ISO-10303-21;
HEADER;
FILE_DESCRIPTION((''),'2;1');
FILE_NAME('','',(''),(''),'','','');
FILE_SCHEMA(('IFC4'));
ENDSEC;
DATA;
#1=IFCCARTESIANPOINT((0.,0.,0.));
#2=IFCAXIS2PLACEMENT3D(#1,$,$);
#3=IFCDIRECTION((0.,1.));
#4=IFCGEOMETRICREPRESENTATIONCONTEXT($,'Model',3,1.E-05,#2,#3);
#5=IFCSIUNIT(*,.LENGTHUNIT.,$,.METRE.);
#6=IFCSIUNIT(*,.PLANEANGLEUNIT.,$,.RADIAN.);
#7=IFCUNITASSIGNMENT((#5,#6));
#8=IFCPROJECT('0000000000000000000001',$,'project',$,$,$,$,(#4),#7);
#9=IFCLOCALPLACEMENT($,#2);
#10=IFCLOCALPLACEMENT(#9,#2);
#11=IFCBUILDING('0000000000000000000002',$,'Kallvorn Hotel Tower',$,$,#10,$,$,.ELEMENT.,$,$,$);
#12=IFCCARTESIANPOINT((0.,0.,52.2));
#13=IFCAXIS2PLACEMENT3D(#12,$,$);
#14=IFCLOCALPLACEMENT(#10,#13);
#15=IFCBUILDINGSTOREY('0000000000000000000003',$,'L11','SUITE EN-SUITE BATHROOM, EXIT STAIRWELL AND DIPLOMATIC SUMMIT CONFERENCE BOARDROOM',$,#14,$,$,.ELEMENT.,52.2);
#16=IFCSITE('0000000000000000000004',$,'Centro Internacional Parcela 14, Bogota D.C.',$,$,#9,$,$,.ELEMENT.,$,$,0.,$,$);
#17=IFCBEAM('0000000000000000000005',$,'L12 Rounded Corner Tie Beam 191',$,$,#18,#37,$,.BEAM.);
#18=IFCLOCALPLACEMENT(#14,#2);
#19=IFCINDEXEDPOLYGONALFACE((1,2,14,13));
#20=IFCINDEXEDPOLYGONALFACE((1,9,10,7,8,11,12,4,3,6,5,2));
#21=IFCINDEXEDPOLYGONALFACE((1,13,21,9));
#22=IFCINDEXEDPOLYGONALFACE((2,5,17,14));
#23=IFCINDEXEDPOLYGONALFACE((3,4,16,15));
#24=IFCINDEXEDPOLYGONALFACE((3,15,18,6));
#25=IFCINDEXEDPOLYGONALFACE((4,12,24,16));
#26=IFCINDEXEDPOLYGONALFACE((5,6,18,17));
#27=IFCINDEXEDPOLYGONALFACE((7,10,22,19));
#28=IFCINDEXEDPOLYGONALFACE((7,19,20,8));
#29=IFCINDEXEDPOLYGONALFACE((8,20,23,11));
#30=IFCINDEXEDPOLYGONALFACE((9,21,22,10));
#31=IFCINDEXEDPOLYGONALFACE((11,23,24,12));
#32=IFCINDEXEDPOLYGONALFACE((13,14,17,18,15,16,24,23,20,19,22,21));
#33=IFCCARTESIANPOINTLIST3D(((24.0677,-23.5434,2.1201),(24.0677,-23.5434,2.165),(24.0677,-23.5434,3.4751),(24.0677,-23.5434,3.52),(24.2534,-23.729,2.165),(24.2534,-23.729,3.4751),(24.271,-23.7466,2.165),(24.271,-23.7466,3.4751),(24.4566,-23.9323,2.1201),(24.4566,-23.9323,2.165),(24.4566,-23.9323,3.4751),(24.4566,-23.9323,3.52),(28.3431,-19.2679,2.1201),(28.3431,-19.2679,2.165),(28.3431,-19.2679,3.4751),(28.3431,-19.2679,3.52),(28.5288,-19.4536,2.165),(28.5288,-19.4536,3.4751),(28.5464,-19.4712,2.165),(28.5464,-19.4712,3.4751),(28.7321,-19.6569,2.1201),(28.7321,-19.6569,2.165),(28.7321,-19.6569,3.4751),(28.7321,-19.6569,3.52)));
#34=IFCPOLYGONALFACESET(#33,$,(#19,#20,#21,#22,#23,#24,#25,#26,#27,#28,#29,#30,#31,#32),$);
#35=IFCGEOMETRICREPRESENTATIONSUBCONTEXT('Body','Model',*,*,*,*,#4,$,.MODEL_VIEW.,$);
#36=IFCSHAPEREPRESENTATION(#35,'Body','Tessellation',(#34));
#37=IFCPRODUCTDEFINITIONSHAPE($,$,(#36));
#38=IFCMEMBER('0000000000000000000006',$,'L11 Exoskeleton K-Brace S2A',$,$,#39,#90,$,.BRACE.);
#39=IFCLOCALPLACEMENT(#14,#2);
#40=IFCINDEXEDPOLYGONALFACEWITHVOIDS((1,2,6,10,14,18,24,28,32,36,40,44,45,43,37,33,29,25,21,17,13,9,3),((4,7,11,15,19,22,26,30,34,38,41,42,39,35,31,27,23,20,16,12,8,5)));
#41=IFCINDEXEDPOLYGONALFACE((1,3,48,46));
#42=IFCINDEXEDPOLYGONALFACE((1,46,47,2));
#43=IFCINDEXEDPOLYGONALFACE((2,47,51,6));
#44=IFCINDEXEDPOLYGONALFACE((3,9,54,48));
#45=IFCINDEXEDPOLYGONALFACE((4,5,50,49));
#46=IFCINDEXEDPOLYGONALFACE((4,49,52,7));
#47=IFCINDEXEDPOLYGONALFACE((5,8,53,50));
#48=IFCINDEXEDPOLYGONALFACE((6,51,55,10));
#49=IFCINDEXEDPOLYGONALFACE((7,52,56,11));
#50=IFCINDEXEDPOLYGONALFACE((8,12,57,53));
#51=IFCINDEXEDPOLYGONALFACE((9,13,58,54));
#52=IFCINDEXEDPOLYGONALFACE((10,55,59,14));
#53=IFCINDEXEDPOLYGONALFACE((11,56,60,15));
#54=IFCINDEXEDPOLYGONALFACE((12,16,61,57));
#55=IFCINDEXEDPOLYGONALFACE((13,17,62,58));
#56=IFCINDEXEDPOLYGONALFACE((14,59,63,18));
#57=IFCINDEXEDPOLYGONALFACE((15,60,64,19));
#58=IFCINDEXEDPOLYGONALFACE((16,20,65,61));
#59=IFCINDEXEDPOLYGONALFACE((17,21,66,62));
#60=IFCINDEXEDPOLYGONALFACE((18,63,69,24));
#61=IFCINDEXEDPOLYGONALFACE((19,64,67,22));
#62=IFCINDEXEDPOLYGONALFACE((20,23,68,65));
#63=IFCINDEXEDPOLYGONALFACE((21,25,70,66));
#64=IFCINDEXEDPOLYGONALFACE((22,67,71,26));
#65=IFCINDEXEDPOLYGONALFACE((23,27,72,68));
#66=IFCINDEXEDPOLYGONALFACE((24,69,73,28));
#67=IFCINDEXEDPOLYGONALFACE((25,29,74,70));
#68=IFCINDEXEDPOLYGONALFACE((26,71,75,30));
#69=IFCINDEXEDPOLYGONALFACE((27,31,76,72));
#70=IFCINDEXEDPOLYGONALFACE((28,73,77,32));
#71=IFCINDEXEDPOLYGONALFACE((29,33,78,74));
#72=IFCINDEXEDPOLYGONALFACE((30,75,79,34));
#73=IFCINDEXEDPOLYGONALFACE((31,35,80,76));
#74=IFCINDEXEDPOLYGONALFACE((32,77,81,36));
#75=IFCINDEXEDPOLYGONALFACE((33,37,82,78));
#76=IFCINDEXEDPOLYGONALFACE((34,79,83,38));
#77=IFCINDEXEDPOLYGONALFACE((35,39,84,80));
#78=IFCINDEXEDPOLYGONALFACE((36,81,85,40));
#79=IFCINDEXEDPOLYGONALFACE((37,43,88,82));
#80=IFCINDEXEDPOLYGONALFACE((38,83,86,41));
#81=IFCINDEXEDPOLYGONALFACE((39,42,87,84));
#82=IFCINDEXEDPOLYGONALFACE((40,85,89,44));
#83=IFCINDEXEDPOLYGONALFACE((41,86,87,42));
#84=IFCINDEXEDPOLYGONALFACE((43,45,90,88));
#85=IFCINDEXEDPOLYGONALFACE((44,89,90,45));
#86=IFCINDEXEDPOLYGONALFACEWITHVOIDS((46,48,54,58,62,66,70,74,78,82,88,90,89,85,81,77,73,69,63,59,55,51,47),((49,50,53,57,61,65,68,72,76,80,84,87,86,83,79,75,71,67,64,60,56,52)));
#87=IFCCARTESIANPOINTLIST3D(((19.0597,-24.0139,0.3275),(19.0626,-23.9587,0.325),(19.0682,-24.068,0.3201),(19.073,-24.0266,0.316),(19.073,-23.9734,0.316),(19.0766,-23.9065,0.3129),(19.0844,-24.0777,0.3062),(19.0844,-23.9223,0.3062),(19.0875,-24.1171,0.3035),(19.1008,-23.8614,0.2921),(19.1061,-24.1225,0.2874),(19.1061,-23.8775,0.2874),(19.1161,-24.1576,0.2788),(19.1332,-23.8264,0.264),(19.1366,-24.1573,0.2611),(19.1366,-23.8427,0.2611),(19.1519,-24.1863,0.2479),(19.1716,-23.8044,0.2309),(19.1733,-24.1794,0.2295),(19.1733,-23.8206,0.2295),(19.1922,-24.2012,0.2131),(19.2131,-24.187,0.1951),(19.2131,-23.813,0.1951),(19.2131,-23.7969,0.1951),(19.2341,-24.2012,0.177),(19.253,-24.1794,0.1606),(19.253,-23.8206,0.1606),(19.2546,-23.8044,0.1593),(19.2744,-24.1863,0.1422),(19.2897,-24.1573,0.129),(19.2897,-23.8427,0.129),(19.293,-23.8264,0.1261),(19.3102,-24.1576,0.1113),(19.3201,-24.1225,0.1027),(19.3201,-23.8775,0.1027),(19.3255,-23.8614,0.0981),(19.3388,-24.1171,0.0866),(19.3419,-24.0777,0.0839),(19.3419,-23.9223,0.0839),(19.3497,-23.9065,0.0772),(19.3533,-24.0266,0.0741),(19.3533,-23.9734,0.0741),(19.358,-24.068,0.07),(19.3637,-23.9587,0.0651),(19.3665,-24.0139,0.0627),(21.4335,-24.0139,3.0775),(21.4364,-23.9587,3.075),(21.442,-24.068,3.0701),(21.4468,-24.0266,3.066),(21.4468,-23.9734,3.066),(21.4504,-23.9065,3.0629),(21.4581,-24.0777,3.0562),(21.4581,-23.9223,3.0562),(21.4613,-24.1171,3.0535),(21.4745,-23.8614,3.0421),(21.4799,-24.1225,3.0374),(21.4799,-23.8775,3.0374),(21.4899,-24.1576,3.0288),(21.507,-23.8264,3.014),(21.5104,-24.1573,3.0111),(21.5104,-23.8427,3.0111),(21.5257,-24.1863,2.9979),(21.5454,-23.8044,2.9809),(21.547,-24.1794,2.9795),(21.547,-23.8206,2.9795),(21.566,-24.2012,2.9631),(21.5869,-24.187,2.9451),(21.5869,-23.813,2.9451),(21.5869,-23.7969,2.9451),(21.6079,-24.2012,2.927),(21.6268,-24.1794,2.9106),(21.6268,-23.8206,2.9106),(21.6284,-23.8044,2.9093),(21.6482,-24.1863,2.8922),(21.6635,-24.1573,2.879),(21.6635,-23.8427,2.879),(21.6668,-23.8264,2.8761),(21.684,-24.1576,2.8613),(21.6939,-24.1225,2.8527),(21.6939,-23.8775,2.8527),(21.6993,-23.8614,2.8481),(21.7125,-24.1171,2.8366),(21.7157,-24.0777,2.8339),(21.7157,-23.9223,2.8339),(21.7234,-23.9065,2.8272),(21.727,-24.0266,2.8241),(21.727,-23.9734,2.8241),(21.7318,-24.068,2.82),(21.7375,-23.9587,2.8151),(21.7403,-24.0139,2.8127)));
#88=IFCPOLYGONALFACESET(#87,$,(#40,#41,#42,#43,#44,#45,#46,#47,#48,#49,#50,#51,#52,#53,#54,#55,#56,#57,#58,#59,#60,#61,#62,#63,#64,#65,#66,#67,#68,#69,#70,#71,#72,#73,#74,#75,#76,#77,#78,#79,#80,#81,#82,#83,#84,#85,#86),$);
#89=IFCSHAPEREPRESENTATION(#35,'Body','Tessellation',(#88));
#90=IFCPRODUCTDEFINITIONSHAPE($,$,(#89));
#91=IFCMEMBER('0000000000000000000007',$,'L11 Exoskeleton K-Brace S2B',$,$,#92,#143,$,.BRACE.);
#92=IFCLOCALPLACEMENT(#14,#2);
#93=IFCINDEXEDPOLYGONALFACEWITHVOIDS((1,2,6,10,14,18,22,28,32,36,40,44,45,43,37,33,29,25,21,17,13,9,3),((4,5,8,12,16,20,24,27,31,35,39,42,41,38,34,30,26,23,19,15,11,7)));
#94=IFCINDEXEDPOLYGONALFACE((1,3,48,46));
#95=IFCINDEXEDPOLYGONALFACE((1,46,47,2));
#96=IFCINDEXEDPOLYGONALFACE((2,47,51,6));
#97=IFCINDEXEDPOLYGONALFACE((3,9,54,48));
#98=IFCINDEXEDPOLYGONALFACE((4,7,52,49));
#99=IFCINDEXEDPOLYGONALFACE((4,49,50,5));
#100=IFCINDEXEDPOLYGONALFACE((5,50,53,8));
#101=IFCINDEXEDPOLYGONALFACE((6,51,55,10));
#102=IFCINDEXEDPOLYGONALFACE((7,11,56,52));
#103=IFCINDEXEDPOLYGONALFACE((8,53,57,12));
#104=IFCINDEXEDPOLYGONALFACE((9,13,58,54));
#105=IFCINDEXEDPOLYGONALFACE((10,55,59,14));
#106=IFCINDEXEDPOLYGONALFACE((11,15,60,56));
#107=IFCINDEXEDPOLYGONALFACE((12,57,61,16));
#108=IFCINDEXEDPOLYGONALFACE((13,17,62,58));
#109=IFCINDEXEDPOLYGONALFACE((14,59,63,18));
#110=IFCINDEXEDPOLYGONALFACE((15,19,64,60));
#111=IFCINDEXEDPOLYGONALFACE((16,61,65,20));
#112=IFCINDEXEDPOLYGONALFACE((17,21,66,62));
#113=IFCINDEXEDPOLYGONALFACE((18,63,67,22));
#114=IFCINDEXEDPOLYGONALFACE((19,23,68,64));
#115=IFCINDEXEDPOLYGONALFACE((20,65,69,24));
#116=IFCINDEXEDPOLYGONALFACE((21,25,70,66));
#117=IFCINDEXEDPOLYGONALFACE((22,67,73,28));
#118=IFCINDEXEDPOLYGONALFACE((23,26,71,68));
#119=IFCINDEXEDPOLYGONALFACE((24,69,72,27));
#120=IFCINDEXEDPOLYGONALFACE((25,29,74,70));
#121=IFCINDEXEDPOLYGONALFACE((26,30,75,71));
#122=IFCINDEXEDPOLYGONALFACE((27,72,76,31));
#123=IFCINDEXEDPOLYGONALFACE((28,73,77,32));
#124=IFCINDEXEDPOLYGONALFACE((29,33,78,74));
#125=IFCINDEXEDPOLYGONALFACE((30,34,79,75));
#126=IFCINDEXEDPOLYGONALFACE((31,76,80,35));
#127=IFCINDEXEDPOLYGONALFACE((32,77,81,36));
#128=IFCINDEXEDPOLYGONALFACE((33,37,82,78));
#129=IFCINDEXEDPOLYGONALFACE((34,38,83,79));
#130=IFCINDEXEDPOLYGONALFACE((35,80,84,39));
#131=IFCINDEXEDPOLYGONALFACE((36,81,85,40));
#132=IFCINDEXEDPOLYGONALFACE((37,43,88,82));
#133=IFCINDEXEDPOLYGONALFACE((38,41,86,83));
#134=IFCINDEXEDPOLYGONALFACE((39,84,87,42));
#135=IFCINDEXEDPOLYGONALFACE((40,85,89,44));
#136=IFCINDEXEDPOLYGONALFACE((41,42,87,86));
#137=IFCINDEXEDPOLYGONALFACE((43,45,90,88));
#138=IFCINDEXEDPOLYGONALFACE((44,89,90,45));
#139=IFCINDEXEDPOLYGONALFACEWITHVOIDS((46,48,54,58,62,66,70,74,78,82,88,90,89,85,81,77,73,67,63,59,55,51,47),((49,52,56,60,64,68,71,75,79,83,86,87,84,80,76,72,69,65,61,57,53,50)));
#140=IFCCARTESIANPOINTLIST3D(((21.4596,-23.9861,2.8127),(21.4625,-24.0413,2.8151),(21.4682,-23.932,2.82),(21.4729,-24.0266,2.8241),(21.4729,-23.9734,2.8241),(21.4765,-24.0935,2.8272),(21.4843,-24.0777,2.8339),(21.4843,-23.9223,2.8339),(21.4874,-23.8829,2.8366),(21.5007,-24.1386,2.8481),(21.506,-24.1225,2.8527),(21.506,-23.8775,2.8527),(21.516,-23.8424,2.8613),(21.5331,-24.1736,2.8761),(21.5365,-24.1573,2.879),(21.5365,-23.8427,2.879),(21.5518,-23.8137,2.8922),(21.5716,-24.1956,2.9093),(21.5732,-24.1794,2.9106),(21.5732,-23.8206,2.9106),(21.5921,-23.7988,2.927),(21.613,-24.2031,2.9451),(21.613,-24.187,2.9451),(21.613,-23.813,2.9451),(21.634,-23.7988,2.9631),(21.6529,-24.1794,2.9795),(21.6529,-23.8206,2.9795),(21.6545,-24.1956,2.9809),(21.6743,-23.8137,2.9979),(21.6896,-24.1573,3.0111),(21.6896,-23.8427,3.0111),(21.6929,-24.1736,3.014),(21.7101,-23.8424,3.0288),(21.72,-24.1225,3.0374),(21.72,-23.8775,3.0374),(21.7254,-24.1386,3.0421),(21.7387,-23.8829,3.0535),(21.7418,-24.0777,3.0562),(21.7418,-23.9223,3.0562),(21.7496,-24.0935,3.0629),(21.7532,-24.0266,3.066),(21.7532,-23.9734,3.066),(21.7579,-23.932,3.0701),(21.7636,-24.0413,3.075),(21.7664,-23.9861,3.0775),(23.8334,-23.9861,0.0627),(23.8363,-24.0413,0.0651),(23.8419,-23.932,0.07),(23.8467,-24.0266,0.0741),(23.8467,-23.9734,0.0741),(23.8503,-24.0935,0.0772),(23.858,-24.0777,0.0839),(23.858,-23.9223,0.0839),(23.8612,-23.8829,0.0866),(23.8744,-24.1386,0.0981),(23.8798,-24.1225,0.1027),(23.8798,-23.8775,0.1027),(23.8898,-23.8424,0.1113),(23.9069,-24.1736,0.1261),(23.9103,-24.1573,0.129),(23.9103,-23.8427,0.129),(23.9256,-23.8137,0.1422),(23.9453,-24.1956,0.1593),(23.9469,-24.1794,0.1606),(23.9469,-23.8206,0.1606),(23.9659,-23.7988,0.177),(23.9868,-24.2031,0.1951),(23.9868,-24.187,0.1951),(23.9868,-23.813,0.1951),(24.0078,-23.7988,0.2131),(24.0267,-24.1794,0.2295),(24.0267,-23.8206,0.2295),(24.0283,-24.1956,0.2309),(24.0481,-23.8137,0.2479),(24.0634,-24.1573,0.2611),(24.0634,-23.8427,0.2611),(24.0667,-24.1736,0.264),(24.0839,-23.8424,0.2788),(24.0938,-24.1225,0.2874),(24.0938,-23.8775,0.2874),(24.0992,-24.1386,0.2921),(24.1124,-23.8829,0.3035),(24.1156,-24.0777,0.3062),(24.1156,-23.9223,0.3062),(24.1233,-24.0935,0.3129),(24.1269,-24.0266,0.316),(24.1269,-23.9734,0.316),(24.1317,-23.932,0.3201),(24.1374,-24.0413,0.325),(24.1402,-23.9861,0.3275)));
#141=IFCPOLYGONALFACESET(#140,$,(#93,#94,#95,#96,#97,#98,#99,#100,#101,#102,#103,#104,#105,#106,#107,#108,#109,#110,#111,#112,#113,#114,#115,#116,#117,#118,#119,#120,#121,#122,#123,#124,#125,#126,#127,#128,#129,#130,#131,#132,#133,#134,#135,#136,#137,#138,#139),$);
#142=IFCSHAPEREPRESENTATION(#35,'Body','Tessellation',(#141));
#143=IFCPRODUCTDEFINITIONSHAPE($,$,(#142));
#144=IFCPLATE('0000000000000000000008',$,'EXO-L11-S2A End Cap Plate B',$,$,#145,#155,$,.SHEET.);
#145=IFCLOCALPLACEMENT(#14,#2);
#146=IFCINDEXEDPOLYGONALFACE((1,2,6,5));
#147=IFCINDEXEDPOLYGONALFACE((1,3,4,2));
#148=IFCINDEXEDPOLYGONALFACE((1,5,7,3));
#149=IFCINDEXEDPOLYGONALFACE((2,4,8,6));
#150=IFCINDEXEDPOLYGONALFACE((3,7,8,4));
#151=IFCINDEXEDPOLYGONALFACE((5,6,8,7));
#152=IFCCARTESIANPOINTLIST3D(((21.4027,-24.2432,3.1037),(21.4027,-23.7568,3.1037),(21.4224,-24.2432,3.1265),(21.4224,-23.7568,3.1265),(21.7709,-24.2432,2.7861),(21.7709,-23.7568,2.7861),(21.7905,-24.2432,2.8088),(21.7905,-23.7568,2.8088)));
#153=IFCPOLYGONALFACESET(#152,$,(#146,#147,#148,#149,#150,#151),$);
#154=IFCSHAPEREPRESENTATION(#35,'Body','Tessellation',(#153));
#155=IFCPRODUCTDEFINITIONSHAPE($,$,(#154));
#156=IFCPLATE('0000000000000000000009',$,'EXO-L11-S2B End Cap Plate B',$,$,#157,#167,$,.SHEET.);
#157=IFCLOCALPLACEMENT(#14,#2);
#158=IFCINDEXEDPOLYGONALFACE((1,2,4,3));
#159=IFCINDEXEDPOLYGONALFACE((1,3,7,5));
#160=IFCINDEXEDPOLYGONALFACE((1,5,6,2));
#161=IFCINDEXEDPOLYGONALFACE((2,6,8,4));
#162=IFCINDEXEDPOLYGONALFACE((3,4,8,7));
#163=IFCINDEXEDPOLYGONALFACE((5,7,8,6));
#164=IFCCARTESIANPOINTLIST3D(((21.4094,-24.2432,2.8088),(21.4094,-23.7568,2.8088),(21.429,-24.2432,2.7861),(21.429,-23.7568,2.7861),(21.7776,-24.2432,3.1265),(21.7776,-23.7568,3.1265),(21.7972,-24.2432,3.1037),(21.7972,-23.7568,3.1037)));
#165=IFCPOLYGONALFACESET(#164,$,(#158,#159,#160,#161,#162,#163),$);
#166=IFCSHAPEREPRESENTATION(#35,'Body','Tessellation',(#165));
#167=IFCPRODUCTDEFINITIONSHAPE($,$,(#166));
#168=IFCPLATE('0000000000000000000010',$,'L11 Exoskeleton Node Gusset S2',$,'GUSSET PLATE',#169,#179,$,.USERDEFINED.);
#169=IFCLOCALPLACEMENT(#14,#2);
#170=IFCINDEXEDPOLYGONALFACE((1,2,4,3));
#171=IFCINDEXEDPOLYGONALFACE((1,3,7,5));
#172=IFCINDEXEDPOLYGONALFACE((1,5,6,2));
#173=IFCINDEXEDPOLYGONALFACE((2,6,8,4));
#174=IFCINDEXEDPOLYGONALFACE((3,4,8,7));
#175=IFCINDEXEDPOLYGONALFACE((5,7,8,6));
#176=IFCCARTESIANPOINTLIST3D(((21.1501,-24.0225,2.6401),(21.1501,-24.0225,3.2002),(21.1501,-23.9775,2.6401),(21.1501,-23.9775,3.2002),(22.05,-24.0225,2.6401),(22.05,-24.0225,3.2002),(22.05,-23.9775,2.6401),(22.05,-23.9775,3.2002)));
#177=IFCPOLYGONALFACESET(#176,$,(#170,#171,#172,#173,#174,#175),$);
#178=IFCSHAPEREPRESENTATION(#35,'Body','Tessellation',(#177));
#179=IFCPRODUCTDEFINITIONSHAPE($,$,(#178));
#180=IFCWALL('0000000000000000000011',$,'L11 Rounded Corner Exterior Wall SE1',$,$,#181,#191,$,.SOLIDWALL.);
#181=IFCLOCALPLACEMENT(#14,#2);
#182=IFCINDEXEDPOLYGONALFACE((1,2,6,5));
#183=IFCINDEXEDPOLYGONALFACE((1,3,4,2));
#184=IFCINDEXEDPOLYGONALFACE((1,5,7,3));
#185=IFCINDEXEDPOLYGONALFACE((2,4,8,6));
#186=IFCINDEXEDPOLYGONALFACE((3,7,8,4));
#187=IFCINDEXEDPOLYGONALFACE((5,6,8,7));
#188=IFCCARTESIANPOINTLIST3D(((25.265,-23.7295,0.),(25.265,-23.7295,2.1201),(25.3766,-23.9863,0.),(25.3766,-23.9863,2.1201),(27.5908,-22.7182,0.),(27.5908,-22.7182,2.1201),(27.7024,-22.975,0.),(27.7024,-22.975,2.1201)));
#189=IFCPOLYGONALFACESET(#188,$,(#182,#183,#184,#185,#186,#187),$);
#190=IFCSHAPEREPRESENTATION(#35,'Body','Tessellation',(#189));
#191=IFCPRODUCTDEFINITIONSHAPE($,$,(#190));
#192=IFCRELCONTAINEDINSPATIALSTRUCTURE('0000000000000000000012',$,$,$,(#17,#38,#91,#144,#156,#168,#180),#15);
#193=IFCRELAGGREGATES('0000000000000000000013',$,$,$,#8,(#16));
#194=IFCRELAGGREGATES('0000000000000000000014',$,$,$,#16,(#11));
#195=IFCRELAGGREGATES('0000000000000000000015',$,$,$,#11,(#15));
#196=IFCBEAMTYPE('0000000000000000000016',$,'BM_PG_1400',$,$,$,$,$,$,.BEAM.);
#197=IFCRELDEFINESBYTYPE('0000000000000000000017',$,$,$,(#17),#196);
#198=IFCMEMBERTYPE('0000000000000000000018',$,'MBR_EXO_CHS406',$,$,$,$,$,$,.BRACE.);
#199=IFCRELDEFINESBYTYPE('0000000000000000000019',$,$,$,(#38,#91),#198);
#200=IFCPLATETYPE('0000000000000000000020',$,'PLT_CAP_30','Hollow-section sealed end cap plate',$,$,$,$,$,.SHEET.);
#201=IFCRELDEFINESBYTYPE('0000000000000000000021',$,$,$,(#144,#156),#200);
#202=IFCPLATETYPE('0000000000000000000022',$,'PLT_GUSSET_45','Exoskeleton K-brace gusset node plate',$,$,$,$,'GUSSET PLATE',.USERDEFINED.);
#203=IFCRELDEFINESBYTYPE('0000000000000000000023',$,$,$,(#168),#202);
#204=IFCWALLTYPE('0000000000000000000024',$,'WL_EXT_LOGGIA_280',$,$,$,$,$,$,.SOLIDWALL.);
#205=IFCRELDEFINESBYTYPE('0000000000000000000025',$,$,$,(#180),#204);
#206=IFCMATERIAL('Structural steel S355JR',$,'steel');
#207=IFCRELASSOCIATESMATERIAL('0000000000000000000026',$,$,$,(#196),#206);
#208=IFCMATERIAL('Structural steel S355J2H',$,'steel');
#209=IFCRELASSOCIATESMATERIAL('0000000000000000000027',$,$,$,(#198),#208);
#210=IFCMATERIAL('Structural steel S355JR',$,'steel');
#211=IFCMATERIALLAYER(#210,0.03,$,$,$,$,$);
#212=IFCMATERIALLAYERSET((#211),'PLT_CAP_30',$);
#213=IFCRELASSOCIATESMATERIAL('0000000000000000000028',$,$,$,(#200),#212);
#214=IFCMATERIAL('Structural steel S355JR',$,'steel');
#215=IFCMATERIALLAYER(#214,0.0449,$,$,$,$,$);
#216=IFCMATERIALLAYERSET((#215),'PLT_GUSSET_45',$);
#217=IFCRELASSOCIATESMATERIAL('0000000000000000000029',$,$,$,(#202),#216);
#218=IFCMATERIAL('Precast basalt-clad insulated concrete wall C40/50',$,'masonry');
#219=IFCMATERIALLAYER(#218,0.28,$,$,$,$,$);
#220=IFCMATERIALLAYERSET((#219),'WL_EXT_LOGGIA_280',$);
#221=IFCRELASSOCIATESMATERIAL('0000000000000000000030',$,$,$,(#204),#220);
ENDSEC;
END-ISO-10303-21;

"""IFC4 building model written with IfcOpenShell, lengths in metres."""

from ifc_helpers import new_model, si_unit, direction, frame, frame_2d, origin, origin_2d, place, context, subcontext, project, spatial, polyline, rectangle, hollow_circle, i_section, outline, extrude, material, layer, layer_set, material_profile, profile_set, type_object, element, save


model = new_model("IFC4")

# Units and contexts
model_context = context("Model", 3, precision=1e-05, world=origin(), true_north=direction((0.0, 1.0)))
body_context = subcontext(model_context, "Body", "Model", "MODEL_VIEW")
ifc_project = project(units=[si_unit("LENGTHUNIT", "METRE"), si_unit("PLANEANGLEUNIT", "RADIAN")], contexts=[model_context])

# Site, building, storey
site_placement = place(None, origin())
site = spatial("IfcSite", under=ifc_project, at=site_placement, Name="Centro Internacional Parcela 14, Bogota D.C.", CompositionType="ELEMENT", RefElevation=0.0)
building_placement = place(site_placement, origin())
building = spatial("IfcBuilding", under=site, at=building_placement, Name="Kallvorn Hotel Tower", CompositionType="ELEMENT")
storey_placement = place(building_placement, frame((0.0, 0.0, 52.2)))
storey = spatial("IfcBuildingStorey", under=building, at=storey_placement, Name="L11", Description="SUITE EN-SUITE BATHROOM, EXIT STAIRWELL AND DIPLOMATIC SUMMIT CONFERENCE BOARDROOM", CompositionType="ELEMENT", Elevation=52.2)

# Beam
ifc_material_1 = material(Name="Structural steel S355JR", Category="steel")
ifc_material_profile_1 = material_profile(ifc_material_1, i_section(OverallWidth=0.55, OverallDepth=1.3999, WebThickness=0.0249, FlangeThickness=0.0449, at=origin_2d()), Name="PG 1400x550x25x45")
ifc_profile_set_1 = profile_set([ifc_material_profile_1], Name="Structural steel S355JR")
beam_type_1 = type_object("IfcBeamType", Name="BM_PG_1400", PredefinedType="BEAM", material=ifc_profile_set_1)
beam_1_placement = place(storey_placement, frame((28.5376, -19.4624, 2.8201), z_axis=(-0.707107, -0.707107, 0.0), x_axis=(0.707107, -0.707107, 0.0)))
element("IfcBeam", 1, at=beam_1_placement, inside=storey, type_object=beam_type_1, Name="L12 Rounded Corner Tie Beam 191", PredefinedType="BEAM", context=body_context, shape_type="SweptSolid", body=[
    extrude(i_section(OverallWidth=0.55, OverallDepth=1.3999, WebThickness=0.0249, FlangeThickness=0.0449, at=origin_2d()), origin(), (0.0, 0.0, 1.0), 6.0464),
])

# Members
ifc_material_2 = material(Name="Structural steel S355J2H", Category="steel")
ifc_material_profile_2 = material_profile(ifc_material_2, hollow_circle(Radius=0.2031, WallThickness=0.0161, at=origin_2d()), Name="CHS 406.4x16")
ifc_profile_set_2 = profile_set([ifc_material_profile_2], Name="Structural steel S355J2H")
member_type = type_object("IfcMemberType", Name="MBR_EXO_CHS406", PredefinedType="BRACE", material=ifc_profile_set_2)
for number, where, z_axis, x_axis, name in (
    (2, (19.2131, -24.0, 0.1951), (0.653427, 0.0, 0.756989), (0.0, 1.0, 0.0), "L11 Exoskeleton K-Brace S2A"),
    (3, (23.9868, -24.0, 0.1951), (-0.653427, 0.0, 0.756989), (0.0, -1.0, 0.0), "L11 Exoskeleton K-Brace S2B"),
):
    element("IfcMember", number, at=place(storey_placement, frame(where, z_axis=z_axis, x_axis=x_axis)), inside=storey, type_object=member_type, Name=name, PredefinedType="BRACE", context=body_context, shape_type="SweptSolid", body=[
        extrude(hollow_circle(Radius=0.2031, WallThickness=0.0161, at=origin_2d()), origin(), (0.0, 0.0, 1.0), 3.6328),
    ])

# Plates
ifc_material_3 = material(Name="Structural steel S355JR", Category="steel")
ifc_layer_1 = layer(ifc_material_3, 0.03)
ifc_layer_set_1 = layer_set([ifc_layer_1], Name="PLT_CAP_30")
plate_type_1 = type_object("IfcPlateType", Name="PLT_CAP_30", Description="Hollow-section sealed end cap plate", PredefinedType="SHEET", material=ifc_layer_set_1)
for number, where, z_axis, x_axis, name in (
    (4, (21.7905, -24.2432, 2.8088), (0.653228, 0.0, 0.757162), (0.0, 1.0, 0.0), "EXO-L11-S2A End Cap Plate B"),
    (5, (21.4094, -23.7568, 2.8088), (-0.653228, 0.0, 0.757162), (0.0, -1.0, 0.0), "EXO-L11-S2B End Cap Plate B"),
):
    element("IfcPlate", number, at=place(storey_placement, frame(where, z_axis=z_axis, x_axis=x_axis)), inside=storey, type_object=plate_type_1, Name=name, PredefinedType="SHEET", context=body_context, shape_type="SweptSolid", body=[
        extrude(outline(polyline([(0.0, 0.0), (0.4863, 0.0), (0.4863, 0.4862), (0.0, 0.4862), (0.0, 0.0)])), origin(), (0.0, 0.0, -1.0), 0.03),
    ])
ifc_material_4 = material(Name="Structural steel S355JR", Category="steel")
ifc_layer_2 = layer(ifc_material_4, 0.0449)
ifc_layer_set_2 = layer_set([ifc_layer_2], Name="PLT_GUSSET_45")
plate_type_2 = type_object("IfcPlateType", Name="PLT_GUSSET_45", Description="Exoskeleton K-brace gusset node plate", ElementType="GUSSET PLATE", PredefinedType="USERDEFINED", material=ifc_layer_set_2)
plate_placement = place(storey_placement, frame((21.6001, -24.0, 2.6401), z_axis=(0.0, 0.0, 1.0), x_axis=(1.0, 0.0, 0.0)))
element("IfcPlate", 6, at=plate_placement, inside=storey, type_object=plate_type_2, Name="L11 Exoskeleton Node Gusset S2", ObjectType="GUSSET PLATE", PredefinedType="USERDEFINED", context=body_context, shape_type="SweptSolid", body=[
    extrude(rectangle(XDim=0.8999, YDim=0.0449, at=origin_2d()), origin(), (0.0, 0.0, 1.0), 0.5601),
])

# Wall
ifc_material_5 = material(Name="Precast basalt-clad insulated concrete wall C40/50", Category="masonry")
ifc_layer_3 = layer(ifc_material_5, 0.28)
ifc_layer_set_3 = layer_set([ifc_layer_3], Name="WL_EXT_LOGGIA_280")
wall_type_1 = type_object("IfcWallType", Name="WL_EXT_LOGGIA_280", PredefinedType="SOLIDWALL", material=ifc_layer_set_3)
wall_1_placement = place(storey_placement, frame((25.3208, -23.8579, 0.0), z_axis=(0.0, 0.0, 1.0), x_axis=(0.917061, 0.398747, 0.0)))
element("IfcWall", 7, at=wall_1_placement, inside=storey, type_object=wall_type_1, Name="L11 Rounded Corner Exterior Wall SE1", PredefinedType="SOLIDWALL", context=body_context, shape_type="SweptSolid", body=[
    extrude(rectangle(XDim=2.5361, YDim=0.28, at=frame_2d((1.2681, 0.0))), origin(), (0.0, 0.0, 1.0), 2.1201),
])

save(model, "model.ifc")
